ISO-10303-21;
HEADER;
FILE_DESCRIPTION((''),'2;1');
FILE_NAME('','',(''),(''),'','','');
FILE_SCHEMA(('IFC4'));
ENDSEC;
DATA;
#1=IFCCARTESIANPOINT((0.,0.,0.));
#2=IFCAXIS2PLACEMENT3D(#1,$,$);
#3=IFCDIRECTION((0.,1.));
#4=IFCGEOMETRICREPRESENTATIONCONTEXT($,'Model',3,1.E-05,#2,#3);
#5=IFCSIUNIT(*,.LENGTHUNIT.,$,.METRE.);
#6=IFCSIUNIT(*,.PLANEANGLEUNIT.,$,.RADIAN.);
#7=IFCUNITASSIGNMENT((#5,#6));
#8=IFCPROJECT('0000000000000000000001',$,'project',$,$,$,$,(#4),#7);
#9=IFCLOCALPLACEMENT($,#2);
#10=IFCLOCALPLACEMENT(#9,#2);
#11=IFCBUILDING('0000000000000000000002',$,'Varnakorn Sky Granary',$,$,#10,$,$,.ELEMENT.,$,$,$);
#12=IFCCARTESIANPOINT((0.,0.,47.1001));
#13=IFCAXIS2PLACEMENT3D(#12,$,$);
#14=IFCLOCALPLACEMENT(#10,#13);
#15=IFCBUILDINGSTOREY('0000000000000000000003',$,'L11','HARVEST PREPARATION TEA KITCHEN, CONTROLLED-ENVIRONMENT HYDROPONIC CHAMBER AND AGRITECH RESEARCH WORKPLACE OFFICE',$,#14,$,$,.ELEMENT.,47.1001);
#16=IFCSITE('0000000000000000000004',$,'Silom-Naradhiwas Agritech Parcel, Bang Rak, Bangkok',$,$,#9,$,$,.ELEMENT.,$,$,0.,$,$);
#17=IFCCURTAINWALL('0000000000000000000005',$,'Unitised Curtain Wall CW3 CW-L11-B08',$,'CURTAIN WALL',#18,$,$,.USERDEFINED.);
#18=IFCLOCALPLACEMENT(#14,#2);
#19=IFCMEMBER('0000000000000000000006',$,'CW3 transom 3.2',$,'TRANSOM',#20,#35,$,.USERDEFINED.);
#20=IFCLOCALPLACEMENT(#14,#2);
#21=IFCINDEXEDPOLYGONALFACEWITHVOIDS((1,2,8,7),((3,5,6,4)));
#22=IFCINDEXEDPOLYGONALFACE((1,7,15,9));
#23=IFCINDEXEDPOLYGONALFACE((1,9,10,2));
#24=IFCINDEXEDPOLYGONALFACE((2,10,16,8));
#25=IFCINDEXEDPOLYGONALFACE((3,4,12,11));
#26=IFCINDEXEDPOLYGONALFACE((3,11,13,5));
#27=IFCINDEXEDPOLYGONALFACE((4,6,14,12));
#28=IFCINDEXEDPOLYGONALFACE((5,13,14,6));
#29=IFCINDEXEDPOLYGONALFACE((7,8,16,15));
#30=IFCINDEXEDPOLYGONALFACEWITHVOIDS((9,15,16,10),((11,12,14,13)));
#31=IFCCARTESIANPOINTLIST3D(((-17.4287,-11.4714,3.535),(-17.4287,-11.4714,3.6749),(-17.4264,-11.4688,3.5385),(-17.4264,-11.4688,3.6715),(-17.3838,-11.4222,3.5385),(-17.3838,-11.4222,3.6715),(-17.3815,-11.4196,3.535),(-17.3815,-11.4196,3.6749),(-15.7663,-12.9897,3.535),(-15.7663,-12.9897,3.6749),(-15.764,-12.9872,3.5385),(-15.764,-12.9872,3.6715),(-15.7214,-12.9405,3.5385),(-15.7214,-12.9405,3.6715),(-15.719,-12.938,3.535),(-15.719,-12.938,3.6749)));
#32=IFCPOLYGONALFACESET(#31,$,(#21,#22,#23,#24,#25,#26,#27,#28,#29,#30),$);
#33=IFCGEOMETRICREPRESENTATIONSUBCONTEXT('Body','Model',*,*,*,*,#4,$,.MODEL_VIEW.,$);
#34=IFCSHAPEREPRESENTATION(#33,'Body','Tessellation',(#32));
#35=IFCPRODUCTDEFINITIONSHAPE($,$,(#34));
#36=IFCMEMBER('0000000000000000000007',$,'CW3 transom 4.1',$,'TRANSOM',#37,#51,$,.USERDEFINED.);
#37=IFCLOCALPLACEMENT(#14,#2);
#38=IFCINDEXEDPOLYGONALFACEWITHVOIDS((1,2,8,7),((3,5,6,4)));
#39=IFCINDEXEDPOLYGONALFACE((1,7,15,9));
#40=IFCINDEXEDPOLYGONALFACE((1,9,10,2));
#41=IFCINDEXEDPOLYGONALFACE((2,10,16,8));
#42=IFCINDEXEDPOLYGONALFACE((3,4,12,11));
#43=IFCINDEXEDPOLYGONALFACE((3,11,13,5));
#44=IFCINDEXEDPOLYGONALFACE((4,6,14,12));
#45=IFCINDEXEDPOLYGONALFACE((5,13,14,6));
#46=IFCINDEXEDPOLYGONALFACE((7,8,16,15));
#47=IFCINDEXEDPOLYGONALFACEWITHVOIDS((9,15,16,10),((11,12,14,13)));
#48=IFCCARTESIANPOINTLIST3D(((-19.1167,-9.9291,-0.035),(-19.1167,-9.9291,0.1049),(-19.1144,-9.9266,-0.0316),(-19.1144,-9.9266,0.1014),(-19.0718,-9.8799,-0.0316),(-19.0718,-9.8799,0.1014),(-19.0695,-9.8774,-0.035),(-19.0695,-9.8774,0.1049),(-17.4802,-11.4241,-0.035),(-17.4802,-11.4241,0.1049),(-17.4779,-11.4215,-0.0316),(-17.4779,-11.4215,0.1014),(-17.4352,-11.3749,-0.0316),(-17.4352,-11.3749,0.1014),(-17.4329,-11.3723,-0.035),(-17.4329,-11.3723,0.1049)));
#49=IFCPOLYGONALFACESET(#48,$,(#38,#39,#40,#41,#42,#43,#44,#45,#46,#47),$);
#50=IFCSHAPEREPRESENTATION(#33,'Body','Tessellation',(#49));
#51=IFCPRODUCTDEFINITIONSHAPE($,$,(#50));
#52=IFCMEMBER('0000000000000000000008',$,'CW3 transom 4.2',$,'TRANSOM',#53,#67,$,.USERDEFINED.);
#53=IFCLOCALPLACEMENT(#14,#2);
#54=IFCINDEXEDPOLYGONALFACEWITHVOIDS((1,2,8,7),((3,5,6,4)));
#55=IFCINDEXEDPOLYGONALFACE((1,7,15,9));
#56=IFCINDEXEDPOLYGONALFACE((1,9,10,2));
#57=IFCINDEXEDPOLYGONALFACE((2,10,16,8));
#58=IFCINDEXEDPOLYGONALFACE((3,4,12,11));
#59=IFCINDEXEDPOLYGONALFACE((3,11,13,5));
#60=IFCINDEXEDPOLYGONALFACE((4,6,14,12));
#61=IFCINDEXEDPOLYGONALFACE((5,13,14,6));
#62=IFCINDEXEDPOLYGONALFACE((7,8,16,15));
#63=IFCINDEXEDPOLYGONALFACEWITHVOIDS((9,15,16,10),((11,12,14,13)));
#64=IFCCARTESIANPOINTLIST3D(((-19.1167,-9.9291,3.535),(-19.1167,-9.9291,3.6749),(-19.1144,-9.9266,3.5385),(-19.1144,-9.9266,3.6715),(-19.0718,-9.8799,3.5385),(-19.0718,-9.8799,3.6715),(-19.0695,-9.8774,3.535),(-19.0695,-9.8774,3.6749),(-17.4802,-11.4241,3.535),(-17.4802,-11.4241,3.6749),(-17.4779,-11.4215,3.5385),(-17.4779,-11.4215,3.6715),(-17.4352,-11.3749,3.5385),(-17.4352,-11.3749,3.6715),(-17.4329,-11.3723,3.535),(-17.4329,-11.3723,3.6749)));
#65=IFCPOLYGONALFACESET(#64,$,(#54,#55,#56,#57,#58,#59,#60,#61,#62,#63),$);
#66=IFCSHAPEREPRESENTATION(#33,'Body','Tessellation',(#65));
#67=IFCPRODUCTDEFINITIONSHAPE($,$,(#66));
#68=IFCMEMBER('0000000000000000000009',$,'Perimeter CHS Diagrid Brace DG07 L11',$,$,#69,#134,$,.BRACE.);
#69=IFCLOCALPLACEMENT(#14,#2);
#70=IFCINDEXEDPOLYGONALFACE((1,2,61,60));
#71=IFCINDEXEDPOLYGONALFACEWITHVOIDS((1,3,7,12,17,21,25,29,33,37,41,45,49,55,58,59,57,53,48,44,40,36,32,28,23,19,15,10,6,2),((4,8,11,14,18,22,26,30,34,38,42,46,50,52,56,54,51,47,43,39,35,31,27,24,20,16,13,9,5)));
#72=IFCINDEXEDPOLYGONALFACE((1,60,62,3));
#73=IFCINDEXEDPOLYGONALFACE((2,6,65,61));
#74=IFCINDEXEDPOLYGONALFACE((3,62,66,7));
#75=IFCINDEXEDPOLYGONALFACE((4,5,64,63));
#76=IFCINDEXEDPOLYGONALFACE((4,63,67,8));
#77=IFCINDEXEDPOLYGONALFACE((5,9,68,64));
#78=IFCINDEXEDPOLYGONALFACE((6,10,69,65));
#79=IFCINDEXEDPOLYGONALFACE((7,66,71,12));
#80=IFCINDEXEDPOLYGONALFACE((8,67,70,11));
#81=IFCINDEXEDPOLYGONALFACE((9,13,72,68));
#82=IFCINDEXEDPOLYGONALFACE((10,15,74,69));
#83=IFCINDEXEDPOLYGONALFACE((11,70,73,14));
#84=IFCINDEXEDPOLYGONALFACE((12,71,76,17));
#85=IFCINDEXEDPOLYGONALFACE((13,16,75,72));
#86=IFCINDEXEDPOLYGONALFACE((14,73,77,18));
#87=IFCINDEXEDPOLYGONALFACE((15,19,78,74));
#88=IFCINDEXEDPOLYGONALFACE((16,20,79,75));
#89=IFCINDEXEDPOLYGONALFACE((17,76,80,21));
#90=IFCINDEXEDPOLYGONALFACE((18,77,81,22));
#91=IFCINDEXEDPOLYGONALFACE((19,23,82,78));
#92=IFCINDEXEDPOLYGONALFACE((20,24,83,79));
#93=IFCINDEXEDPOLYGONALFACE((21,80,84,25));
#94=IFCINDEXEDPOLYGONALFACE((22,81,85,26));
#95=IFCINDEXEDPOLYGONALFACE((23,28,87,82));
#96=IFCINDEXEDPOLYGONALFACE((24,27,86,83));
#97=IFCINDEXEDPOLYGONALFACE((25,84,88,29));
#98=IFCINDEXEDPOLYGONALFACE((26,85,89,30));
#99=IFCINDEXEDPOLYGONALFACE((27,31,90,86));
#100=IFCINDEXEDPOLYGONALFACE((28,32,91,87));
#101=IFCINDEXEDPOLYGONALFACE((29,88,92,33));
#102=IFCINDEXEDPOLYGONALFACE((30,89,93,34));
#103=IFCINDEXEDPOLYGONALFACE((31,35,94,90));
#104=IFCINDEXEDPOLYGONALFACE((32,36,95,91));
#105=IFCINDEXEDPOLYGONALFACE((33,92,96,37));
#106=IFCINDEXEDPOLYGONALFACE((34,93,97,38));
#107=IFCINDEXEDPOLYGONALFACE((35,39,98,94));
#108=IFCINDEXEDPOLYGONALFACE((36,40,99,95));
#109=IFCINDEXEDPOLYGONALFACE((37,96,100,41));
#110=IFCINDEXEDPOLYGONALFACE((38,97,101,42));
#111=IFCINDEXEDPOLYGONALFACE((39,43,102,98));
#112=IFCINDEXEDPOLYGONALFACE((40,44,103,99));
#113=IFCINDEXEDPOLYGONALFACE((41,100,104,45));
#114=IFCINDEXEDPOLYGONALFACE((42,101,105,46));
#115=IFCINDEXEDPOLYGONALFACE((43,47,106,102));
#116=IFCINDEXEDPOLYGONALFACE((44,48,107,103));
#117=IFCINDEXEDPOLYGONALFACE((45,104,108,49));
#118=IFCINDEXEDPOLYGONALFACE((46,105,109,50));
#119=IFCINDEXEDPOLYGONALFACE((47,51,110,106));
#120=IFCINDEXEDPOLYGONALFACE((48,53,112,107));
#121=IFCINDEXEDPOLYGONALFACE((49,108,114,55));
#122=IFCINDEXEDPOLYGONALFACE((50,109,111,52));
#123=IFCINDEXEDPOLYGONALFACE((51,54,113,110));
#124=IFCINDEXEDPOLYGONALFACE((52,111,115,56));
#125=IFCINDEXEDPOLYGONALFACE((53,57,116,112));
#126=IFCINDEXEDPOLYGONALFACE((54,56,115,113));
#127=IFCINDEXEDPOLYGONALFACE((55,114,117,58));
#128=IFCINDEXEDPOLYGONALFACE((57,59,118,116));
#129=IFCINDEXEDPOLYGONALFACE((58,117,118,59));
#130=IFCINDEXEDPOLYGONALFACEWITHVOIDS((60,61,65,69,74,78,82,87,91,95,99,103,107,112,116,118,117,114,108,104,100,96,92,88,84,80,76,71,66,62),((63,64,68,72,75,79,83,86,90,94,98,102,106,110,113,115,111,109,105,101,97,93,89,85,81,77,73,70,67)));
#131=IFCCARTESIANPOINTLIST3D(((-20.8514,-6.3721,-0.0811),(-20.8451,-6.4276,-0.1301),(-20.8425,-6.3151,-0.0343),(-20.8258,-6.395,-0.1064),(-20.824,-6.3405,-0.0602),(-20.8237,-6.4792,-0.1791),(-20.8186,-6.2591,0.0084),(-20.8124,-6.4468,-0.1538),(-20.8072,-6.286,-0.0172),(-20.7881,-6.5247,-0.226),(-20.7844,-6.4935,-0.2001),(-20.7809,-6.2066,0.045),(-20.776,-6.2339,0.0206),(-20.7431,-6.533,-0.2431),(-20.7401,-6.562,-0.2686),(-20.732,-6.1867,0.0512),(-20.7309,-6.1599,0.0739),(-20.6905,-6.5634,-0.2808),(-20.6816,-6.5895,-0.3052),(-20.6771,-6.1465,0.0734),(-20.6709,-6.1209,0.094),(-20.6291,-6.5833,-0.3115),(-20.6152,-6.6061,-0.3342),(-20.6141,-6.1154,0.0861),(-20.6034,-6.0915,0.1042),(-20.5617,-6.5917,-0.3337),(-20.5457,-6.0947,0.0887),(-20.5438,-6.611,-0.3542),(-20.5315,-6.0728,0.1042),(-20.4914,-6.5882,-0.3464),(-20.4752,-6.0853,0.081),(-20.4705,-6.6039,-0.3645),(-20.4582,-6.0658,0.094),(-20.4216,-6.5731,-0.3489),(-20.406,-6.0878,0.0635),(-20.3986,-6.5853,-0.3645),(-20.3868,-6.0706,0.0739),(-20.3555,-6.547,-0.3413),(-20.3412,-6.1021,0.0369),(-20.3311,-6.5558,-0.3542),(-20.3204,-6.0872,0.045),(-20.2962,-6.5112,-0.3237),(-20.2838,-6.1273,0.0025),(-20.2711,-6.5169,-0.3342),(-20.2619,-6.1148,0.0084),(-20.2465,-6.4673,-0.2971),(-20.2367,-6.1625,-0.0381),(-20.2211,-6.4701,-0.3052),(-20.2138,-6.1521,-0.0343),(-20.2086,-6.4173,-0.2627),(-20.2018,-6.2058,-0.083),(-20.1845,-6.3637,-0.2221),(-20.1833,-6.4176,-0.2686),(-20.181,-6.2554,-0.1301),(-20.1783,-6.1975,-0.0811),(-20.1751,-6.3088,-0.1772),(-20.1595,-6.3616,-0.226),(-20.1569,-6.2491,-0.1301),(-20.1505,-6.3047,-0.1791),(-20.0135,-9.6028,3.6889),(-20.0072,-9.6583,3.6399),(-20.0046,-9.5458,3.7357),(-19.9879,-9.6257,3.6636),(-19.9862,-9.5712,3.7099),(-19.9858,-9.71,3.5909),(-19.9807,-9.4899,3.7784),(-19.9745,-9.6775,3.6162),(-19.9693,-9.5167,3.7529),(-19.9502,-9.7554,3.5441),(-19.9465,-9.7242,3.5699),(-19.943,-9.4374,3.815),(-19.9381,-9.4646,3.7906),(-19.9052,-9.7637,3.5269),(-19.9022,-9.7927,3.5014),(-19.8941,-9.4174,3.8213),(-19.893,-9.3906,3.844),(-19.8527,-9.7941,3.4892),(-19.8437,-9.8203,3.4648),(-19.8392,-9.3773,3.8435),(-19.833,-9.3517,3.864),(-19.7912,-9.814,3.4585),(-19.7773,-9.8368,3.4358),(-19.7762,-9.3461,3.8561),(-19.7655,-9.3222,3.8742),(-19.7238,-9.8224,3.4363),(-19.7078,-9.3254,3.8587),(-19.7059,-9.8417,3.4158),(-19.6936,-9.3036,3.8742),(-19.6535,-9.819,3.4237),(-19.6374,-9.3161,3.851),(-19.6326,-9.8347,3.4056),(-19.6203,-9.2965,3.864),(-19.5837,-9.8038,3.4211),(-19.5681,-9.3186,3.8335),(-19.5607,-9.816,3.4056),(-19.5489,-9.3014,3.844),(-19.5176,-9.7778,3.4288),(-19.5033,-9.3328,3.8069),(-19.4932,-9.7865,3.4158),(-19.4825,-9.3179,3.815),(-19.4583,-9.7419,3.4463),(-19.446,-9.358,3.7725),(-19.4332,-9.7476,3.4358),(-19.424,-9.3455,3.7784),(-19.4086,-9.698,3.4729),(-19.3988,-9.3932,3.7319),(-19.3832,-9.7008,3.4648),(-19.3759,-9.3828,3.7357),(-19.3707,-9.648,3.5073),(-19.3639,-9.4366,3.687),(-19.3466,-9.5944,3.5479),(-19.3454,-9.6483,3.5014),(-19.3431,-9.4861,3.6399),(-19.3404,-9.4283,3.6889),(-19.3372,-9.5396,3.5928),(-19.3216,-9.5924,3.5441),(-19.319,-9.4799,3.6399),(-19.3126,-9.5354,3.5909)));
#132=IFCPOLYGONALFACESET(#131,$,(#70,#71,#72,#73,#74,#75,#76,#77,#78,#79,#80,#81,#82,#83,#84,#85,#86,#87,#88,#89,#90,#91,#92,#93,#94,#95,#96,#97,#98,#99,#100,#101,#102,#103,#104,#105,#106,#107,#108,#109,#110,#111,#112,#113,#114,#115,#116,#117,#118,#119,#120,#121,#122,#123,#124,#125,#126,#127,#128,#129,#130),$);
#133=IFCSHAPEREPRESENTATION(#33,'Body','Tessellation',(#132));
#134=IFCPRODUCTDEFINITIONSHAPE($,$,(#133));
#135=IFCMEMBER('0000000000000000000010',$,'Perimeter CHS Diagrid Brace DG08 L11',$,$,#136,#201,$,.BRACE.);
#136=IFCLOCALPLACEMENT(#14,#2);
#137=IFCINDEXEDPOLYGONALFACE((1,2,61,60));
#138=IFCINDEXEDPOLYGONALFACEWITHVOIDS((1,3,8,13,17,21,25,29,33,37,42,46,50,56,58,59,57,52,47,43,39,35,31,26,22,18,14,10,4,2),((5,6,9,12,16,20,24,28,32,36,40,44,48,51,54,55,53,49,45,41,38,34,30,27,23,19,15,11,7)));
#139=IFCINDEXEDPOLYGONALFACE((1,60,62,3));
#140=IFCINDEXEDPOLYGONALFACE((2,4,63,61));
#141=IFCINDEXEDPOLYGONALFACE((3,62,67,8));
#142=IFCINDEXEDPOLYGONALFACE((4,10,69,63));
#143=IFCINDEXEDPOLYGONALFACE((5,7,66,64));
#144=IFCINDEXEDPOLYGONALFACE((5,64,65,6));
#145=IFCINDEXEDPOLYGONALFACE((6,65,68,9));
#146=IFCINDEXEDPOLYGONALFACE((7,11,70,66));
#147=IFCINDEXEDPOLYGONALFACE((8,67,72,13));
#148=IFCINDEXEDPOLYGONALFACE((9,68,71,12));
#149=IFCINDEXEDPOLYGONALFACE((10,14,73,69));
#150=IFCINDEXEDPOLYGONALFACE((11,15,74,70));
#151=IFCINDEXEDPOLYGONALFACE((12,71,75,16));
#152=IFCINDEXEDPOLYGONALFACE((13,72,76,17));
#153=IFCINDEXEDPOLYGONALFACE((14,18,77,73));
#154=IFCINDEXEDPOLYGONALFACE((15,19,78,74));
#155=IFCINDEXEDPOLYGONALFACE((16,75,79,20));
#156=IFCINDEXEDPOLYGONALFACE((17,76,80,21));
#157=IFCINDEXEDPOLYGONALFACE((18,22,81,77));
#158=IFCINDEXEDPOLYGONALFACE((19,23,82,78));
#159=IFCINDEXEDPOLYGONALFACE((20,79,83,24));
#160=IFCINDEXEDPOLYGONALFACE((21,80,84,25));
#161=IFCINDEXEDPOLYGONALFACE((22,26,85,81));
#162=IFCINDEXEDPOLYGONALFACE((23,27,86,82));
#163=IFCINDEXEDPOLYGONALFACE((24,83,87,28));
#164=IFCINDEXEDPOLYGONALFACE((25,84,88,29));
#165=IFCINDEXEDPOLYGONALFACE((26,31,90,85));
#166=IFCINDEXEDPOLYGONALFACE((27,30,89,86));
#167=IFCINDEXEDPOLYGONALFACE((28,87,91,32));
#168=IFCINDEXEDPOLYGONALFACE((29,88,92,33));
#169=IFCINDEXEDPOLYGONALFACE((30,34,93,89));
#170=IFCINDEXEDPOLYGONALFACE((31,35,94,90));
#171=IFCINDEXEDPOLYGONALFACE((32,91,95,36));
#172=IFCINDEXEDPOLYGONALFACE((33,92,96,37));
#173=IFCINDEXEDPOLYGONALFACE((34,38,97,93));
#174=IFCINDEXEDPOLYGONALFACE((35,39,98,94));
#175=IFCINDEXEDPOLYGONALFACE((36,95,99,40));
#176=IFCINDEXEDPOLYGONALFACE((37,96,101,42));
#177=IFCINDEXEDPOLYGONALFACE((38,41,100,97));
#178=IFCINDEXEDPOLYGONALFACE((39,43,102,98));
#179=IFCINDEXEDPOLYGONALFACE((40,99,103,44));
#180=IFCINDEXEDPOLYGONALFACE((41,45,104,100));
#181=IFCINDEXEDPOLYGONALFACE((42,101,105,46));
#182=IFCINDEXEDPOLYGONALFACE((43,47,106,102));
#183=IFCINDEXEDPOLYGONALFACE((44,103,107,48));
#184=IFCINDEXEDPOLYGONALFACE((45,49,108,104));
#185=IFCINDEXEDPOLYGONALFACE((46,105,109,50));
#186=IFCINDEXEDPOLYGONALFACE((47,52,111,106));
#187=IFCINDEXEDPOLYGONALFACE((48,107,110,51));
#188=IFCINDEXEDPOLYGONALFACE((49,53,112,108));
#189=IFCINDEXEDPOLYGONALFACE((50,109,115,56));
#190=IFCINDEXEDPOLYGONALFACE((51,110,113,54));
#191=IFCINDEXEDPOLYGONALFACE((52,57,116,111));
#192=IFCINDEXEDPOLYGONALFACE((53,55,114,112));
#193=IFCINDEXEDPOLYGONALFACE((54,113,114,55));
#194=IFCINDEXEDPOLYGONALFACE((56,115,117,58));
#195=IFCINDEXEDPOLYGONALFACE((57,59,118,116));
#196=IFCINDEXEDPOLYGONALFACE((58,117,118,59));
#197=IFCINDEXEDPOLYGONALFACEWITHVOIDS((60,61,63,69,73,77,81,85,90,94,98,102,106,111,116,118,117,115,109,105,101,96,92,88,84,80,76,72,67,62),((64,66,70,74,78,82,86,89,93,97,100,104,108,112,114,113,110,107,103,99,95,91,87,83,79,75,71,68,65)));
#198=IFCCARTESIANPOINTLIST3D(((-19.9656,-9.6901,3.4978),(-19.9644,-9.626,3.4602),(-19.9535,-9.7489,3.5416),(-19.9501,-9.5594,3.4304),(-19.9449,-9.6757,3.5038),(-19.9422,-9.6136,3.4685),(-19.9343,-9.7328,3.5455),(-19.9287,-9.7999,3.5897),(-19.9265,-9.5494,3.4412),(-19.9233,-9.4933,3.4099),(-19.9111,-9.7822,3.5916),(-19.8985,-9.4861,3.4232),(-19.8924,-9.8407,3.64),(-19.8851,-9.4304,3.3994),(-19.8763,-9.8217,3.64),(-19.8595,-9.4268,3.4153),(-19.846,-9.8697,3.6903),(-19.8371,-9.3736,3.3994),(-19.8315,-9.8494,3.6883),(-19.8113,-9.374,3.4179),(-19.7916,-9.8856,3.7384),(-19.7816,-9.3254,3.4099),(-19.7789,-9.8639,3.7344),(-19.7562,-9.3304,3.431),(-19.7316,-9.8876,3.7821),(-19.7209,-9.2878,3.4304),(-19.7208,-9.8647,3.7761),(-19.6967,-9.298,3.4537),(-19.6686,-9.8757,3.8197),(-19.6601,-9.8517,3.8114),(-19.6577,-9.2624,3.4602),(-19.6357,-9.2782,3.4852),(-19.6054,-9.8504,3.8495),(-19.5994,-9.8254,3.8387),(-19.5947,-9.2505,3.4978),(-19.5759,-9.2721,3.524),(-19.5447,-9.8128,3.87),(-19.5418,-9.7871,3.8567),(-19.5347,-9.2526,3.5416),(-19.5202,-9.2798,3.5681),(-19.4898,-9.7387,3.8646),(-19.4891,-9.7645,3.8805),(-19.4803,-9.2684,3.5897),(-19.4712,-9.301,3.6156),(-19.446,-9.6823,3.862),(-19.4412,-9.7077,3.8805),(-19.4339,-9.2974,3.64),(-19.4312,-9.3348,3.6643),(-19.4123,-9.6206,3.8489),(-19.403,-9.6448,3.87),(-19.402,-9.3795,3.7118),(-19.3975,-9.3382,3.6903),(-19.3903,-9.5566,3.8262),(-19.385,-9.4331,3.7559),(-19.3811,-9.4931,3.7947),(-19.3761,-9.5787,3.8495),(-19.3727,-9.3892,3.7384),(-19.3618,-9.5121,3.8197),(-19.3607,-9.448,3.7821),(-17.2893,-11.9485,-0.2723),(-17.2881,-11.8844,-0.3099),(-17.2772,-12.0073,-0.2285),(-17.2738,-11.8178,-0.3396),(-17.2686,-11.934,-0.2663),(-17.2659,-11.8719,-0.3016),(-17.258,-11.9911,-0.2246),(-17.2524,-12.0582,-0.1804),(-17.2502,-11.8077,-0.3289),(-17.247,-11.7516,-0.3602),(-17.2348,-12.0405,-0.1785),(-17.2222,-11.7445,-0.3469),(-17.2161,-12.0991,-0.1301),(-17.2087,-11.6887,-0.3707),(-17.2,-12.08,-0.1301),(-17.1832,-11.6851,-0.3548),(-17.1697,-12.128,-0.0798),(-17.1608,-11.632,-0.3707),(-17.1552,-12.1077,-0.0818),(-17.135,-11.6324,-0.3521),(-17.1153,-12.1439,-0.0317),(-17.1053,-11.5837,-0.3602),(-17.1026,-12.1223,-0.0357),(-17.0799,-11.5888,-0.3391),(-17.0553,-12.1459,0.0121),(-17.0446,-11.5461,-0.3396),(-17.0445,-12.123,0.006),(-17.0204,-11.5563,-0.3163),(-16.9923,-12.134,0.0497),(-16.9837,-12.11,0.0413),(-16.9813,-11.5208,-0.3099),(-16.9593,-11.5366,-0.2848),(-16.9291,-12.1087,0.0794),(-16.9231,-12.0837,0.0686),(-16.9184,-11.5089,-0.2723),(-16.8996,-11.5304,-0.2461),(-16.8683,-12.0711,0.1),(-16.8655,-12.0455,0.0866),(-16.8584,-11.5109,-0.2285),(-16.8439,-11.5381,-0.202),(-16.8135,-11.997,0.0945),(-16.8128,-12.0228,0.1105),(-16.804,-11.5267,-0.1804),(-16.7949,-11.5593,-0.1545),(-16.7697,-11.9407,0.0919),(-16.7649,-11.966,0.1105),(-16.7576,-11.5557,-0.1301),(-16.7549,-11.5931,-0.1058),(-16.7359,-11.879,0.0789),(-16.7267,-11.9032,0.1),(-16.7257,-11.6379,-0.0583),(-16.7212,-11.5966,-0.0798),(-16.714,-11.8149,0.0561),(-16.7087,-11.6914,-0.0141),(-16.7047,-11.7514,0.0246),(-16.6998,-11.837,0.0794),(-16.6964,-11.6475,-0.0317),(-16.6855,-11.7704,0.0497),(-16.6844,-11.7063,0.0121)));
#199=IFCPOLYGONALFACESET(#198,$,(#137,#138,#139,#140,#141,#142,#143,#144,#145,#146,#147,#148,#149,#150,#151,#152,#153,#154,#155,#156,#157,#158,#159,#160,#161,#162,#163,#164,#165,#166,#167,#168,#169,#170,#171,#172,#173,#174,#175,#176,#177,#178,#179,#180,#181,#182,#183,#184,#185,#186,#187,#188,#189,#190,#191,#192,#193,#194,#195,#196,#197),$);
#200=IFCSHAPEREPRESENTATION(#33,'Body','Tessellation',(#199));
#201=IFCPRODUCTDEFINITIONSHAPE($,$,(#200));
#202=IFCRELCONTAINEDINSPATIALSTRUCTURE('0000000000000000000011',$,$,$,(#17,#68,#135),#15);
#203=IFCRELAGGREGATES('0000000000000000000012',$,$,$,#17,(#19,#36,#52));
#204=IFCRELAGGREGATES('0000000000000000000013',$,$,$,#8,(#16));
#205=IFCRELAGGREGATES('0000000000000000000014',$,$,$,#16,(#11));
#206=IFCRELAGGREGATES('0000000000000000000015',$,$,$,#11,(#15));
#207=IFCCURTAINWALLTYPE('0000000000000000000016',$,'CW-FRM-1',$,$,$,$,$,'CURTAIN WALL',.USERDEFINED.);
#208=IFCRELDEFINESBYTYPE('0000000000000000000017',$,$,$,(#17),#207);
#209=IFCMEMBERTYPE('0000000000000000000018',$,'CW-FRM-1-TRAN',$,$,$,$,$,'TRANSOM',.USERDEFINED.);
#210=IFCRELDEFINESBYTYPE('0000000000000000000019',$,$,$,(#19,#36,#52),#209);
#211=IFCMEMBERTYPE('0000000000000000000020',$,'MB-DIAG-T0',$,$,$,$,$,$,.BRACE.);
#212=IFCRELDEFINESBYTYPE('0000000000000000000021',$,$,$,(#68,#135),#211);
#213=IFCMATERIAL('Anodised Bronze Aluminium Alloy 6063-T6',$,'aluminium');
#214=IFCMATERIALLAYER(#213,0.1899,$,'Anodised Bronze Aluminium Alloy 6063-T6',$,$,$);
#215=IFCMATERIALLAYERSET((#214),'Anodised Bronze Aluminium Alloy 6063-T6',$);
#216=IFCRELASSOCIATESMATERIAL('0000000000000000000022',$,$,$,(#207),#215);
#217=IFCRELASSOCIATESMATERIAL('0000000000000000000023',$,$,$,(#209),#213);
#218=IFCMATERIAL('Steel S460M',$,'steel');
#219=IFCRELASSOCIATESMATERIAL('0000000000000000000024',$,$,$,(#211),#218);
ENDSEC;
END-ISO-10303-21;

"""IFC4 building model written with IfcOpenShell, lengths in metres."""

from ifc_helpers import new_model, si_unit, direction, frame, origin, origin_2d, place, context, subcontext, project, spatial, hollow_rectangle, hollow_circle, extrude, material, layer, layer_set, material_profile, profile_set, type_object, element, aggregate, save


model = new_model("IFC4")

# Units and contexts
model_context = context("Model", 3, precision=1e-05, world=origin(), true_north=direction((0.0, 1.0)))
body_context = subcontext(model_context, "Body", "Model", "MODEL_VIEW")
ifc_project = project(units=[si_unit("LENGTHUNIT", "METRE"), si_unit("PLANEANGLEUNIT", "RADIAN")], contexts=[model_context])

# Site, building, storey
site_placement = place(None, origin())
site = spatial("IfcSite", under=ifc_project, at=site_placement, Name="Silom-Naradhiwas Agritech Parcel, Bang Rak, Bangkok", CompositionType="ELEMENT", RefElevation=0.0)
building_placement = place(site_placement, origin())
building = spatial("IfcBuilding", under=site, at=building_placement, Name="Varnakorn Sky Granary", CompositionType="ELEMENT")
storey_placement = place(building_placement, frame((0.0, 0.0, 47.1001)))
storey = spatial("IfcBuildingStorey", under=building, at=storey_placement, Name="L11", Description="HARVEST PREPARATION TEA KITCHEN, CONTROLLED-ENVIRONMENT HYDROPONIC CHAMBER AND AGRITECH RESEARCH WORKPLACE OFFICE", CompositionType="ELEMENT", Elevation=47.1001)

# Shared definitions
ifc_material_1 = material(Name="Steel S460M", Category="steel")

# Curtain wall
ifc_material_2 = material(Name="Anodised Bronze Aluminium Alloy 6063-T6", Category="aluminium")
ifc_layer_1 = layer(ifc_material_2, 0.1899, Name="Anodised Bronze Aluminium Alloy 6063-T6")
ifc_layer_set_1 = layer_set([ifc_layer_1], Name="Anodised Bronze Aluminium Alloy 6063-T6")
curtain_wall_type = type_object("IfcCurtainWallType", Name="CW-FRM-1", ElementType="CURTAIN WALL", PredefinedType="USERDEFINED", material=ifc_layer_set_1)
curtain_wall_1_placement = place(storey_placement, origin())
curtain_wall_1 = element("IfcCurtainWall", 1, at=curtain_wall_1_placement, inside=storey, type_object=curtain_wall_type, Name="Unitised Curtain Wall CW3 CW-L11-B08", ObjectType="CURTAIN WALL", PredefinedType="USERDEFINED")

# Members
ifc_material_profile_1 = material_profile(ifc_material_2, hollow_rectangle(XDim=0.0701, YDim=0.1399, WallThickness=0.0034, at=origin_2d()), Name="ALU TRAN 70x140")
ifc_profile_set_1 = profile_set([ifc_material_profile_1], Name="Anodised Bronze Aluminium Alloy 6063-T6")
member_type_1 = type_object("IfcMemberType", Name="CW-FRM-1-TRAN", ElementType="TRANSOM", PredefinedType="USERDEFINED", material=ifc_profile_set_1)
member_1_placement = place(storey_placement, frame((-15.7427, -12.9639, 3.605), z_axis=(-0.738373, 0.674393, 0.0), x_axis=(-0.674393, -0.738373, 0.0)))
member_1 = element("IfcMember", 2, at=member_1_placement, type_object=member_type_1, Name="CW3 transom 3.2", ObjectType="TRANSOM", PredefinedType="USERDEFINED", context=body_context, shape_type="SweptSolid", body=[
    extrude(hollow_rectangle(XDim=0.0701, YDim=0.1399, WallThickness=0.0034, at=origin_2d()), origin(), (0.0, 0.0, 1.0), 2.2515),
])
member_2_placement = place(storey_placement, frame((-17.4565, -11.3982, 0.0349), z_axis=(-0.738328, 0.674442, 0.0), x_axis=(-0.674442, -0.738328, 0.0)))
member_2 = element("IfcMember", 3, at=member_2_placement, type_object=member_type_1, Name="CW3 transom 4.1", ObjectType="TRANSOM", PredefinedType="USERDEFINED", context=body_context, shape_type="SweptSolid", body=[
    extrude(hollow_rectangle(XDim=0.0701, YDim=0.1399, WallThickness=0.0034, at=origin_2d()), origin(), (0.0, 0.0, 1.0), 2.2166),
])
member_3_placement = place(storey_placement, frame((-17.4565, -11.3982, 3.605), z_axis=(-0.738328, 0.674442, 0.0), x_axis=(-0.674442, -0.738328, 0.0)))
member_3 = element("IfcMember", 4, at=member_3_placement, type_object=member_type_1, Name="CW3 transom 4.2", ObjectType="TRANSOM", PredefinedType="USERDEFINED", context=body_context, shape_type="SweptSolid", body=[
    extrude(hollow_rectangle(XDim=0.0701, YDim=0.1399, WallThickness=0.0034, at=origin_2d()), origin(), (0.0, 0.0, 1.0), 2.2166),
])

# Members
ifc_material_profile_2 = material_profile(ifc_material_1, hollow_circle(Radius=0.3555, WallThickness=0.0249, at=origin_2d()), Name="CHS 711x25")
ifc_profile_set_2 = profile_set([ifc_material_profile_2], Name="Steel S460M")
member_type_2 = type_object("IfcMemberType", Name="MB-DIAG-T0", PredefinedType="BRACE", material=ifc_profile_set_2)
member_4_placement = place(storey_placement, frame((-20.501, -6.3384, -0.1301), z_axis=(0.166409, -0.641633, 0.748742), x_axis=(0.967975, 0.251046, 0.0)))
element("IfcMember", 5, at=member_4_placement, inside=storey, type_object=member_type_2, Name="Perimeter CHS Diagrid Brace DG07 L11", PredefinedType="BRACE", context=body_context, shape_type="SweptSolid", body=[
    extrude(hollow_circle(Radius=0.3555, WallThickness=0.0249, at=origin_2d()), origin(), (0.0, 0.0, 1.0), 5.0352),
])
member_5_placement = place(storey_placement, frame((-16.9868, -11.8274, -0.1301), z_axis=(-0.520126, 0.438895, 0.732694), x_axis=(-0.644904, -0.764264, 0.0)))
element("IfcMember", 6, at=member_5_placement, inside=storey, type_object=member_type_2, Name="Perimeter CHS Diagrid Brace DG08 L11", PredefinedType="BRACE", context=body_context, shape_type="SweptSolid", body=[
    extrude(hollow_circle(Radius=0.3555, WallThickness=0.0249, at=origin_2d()), origin(), (0.0, 0.0, 1.0), 5.1455),
])

aggregate(curtain_wall_1, [member_1, member_2, member_3])

save(model, "model.ifc")
